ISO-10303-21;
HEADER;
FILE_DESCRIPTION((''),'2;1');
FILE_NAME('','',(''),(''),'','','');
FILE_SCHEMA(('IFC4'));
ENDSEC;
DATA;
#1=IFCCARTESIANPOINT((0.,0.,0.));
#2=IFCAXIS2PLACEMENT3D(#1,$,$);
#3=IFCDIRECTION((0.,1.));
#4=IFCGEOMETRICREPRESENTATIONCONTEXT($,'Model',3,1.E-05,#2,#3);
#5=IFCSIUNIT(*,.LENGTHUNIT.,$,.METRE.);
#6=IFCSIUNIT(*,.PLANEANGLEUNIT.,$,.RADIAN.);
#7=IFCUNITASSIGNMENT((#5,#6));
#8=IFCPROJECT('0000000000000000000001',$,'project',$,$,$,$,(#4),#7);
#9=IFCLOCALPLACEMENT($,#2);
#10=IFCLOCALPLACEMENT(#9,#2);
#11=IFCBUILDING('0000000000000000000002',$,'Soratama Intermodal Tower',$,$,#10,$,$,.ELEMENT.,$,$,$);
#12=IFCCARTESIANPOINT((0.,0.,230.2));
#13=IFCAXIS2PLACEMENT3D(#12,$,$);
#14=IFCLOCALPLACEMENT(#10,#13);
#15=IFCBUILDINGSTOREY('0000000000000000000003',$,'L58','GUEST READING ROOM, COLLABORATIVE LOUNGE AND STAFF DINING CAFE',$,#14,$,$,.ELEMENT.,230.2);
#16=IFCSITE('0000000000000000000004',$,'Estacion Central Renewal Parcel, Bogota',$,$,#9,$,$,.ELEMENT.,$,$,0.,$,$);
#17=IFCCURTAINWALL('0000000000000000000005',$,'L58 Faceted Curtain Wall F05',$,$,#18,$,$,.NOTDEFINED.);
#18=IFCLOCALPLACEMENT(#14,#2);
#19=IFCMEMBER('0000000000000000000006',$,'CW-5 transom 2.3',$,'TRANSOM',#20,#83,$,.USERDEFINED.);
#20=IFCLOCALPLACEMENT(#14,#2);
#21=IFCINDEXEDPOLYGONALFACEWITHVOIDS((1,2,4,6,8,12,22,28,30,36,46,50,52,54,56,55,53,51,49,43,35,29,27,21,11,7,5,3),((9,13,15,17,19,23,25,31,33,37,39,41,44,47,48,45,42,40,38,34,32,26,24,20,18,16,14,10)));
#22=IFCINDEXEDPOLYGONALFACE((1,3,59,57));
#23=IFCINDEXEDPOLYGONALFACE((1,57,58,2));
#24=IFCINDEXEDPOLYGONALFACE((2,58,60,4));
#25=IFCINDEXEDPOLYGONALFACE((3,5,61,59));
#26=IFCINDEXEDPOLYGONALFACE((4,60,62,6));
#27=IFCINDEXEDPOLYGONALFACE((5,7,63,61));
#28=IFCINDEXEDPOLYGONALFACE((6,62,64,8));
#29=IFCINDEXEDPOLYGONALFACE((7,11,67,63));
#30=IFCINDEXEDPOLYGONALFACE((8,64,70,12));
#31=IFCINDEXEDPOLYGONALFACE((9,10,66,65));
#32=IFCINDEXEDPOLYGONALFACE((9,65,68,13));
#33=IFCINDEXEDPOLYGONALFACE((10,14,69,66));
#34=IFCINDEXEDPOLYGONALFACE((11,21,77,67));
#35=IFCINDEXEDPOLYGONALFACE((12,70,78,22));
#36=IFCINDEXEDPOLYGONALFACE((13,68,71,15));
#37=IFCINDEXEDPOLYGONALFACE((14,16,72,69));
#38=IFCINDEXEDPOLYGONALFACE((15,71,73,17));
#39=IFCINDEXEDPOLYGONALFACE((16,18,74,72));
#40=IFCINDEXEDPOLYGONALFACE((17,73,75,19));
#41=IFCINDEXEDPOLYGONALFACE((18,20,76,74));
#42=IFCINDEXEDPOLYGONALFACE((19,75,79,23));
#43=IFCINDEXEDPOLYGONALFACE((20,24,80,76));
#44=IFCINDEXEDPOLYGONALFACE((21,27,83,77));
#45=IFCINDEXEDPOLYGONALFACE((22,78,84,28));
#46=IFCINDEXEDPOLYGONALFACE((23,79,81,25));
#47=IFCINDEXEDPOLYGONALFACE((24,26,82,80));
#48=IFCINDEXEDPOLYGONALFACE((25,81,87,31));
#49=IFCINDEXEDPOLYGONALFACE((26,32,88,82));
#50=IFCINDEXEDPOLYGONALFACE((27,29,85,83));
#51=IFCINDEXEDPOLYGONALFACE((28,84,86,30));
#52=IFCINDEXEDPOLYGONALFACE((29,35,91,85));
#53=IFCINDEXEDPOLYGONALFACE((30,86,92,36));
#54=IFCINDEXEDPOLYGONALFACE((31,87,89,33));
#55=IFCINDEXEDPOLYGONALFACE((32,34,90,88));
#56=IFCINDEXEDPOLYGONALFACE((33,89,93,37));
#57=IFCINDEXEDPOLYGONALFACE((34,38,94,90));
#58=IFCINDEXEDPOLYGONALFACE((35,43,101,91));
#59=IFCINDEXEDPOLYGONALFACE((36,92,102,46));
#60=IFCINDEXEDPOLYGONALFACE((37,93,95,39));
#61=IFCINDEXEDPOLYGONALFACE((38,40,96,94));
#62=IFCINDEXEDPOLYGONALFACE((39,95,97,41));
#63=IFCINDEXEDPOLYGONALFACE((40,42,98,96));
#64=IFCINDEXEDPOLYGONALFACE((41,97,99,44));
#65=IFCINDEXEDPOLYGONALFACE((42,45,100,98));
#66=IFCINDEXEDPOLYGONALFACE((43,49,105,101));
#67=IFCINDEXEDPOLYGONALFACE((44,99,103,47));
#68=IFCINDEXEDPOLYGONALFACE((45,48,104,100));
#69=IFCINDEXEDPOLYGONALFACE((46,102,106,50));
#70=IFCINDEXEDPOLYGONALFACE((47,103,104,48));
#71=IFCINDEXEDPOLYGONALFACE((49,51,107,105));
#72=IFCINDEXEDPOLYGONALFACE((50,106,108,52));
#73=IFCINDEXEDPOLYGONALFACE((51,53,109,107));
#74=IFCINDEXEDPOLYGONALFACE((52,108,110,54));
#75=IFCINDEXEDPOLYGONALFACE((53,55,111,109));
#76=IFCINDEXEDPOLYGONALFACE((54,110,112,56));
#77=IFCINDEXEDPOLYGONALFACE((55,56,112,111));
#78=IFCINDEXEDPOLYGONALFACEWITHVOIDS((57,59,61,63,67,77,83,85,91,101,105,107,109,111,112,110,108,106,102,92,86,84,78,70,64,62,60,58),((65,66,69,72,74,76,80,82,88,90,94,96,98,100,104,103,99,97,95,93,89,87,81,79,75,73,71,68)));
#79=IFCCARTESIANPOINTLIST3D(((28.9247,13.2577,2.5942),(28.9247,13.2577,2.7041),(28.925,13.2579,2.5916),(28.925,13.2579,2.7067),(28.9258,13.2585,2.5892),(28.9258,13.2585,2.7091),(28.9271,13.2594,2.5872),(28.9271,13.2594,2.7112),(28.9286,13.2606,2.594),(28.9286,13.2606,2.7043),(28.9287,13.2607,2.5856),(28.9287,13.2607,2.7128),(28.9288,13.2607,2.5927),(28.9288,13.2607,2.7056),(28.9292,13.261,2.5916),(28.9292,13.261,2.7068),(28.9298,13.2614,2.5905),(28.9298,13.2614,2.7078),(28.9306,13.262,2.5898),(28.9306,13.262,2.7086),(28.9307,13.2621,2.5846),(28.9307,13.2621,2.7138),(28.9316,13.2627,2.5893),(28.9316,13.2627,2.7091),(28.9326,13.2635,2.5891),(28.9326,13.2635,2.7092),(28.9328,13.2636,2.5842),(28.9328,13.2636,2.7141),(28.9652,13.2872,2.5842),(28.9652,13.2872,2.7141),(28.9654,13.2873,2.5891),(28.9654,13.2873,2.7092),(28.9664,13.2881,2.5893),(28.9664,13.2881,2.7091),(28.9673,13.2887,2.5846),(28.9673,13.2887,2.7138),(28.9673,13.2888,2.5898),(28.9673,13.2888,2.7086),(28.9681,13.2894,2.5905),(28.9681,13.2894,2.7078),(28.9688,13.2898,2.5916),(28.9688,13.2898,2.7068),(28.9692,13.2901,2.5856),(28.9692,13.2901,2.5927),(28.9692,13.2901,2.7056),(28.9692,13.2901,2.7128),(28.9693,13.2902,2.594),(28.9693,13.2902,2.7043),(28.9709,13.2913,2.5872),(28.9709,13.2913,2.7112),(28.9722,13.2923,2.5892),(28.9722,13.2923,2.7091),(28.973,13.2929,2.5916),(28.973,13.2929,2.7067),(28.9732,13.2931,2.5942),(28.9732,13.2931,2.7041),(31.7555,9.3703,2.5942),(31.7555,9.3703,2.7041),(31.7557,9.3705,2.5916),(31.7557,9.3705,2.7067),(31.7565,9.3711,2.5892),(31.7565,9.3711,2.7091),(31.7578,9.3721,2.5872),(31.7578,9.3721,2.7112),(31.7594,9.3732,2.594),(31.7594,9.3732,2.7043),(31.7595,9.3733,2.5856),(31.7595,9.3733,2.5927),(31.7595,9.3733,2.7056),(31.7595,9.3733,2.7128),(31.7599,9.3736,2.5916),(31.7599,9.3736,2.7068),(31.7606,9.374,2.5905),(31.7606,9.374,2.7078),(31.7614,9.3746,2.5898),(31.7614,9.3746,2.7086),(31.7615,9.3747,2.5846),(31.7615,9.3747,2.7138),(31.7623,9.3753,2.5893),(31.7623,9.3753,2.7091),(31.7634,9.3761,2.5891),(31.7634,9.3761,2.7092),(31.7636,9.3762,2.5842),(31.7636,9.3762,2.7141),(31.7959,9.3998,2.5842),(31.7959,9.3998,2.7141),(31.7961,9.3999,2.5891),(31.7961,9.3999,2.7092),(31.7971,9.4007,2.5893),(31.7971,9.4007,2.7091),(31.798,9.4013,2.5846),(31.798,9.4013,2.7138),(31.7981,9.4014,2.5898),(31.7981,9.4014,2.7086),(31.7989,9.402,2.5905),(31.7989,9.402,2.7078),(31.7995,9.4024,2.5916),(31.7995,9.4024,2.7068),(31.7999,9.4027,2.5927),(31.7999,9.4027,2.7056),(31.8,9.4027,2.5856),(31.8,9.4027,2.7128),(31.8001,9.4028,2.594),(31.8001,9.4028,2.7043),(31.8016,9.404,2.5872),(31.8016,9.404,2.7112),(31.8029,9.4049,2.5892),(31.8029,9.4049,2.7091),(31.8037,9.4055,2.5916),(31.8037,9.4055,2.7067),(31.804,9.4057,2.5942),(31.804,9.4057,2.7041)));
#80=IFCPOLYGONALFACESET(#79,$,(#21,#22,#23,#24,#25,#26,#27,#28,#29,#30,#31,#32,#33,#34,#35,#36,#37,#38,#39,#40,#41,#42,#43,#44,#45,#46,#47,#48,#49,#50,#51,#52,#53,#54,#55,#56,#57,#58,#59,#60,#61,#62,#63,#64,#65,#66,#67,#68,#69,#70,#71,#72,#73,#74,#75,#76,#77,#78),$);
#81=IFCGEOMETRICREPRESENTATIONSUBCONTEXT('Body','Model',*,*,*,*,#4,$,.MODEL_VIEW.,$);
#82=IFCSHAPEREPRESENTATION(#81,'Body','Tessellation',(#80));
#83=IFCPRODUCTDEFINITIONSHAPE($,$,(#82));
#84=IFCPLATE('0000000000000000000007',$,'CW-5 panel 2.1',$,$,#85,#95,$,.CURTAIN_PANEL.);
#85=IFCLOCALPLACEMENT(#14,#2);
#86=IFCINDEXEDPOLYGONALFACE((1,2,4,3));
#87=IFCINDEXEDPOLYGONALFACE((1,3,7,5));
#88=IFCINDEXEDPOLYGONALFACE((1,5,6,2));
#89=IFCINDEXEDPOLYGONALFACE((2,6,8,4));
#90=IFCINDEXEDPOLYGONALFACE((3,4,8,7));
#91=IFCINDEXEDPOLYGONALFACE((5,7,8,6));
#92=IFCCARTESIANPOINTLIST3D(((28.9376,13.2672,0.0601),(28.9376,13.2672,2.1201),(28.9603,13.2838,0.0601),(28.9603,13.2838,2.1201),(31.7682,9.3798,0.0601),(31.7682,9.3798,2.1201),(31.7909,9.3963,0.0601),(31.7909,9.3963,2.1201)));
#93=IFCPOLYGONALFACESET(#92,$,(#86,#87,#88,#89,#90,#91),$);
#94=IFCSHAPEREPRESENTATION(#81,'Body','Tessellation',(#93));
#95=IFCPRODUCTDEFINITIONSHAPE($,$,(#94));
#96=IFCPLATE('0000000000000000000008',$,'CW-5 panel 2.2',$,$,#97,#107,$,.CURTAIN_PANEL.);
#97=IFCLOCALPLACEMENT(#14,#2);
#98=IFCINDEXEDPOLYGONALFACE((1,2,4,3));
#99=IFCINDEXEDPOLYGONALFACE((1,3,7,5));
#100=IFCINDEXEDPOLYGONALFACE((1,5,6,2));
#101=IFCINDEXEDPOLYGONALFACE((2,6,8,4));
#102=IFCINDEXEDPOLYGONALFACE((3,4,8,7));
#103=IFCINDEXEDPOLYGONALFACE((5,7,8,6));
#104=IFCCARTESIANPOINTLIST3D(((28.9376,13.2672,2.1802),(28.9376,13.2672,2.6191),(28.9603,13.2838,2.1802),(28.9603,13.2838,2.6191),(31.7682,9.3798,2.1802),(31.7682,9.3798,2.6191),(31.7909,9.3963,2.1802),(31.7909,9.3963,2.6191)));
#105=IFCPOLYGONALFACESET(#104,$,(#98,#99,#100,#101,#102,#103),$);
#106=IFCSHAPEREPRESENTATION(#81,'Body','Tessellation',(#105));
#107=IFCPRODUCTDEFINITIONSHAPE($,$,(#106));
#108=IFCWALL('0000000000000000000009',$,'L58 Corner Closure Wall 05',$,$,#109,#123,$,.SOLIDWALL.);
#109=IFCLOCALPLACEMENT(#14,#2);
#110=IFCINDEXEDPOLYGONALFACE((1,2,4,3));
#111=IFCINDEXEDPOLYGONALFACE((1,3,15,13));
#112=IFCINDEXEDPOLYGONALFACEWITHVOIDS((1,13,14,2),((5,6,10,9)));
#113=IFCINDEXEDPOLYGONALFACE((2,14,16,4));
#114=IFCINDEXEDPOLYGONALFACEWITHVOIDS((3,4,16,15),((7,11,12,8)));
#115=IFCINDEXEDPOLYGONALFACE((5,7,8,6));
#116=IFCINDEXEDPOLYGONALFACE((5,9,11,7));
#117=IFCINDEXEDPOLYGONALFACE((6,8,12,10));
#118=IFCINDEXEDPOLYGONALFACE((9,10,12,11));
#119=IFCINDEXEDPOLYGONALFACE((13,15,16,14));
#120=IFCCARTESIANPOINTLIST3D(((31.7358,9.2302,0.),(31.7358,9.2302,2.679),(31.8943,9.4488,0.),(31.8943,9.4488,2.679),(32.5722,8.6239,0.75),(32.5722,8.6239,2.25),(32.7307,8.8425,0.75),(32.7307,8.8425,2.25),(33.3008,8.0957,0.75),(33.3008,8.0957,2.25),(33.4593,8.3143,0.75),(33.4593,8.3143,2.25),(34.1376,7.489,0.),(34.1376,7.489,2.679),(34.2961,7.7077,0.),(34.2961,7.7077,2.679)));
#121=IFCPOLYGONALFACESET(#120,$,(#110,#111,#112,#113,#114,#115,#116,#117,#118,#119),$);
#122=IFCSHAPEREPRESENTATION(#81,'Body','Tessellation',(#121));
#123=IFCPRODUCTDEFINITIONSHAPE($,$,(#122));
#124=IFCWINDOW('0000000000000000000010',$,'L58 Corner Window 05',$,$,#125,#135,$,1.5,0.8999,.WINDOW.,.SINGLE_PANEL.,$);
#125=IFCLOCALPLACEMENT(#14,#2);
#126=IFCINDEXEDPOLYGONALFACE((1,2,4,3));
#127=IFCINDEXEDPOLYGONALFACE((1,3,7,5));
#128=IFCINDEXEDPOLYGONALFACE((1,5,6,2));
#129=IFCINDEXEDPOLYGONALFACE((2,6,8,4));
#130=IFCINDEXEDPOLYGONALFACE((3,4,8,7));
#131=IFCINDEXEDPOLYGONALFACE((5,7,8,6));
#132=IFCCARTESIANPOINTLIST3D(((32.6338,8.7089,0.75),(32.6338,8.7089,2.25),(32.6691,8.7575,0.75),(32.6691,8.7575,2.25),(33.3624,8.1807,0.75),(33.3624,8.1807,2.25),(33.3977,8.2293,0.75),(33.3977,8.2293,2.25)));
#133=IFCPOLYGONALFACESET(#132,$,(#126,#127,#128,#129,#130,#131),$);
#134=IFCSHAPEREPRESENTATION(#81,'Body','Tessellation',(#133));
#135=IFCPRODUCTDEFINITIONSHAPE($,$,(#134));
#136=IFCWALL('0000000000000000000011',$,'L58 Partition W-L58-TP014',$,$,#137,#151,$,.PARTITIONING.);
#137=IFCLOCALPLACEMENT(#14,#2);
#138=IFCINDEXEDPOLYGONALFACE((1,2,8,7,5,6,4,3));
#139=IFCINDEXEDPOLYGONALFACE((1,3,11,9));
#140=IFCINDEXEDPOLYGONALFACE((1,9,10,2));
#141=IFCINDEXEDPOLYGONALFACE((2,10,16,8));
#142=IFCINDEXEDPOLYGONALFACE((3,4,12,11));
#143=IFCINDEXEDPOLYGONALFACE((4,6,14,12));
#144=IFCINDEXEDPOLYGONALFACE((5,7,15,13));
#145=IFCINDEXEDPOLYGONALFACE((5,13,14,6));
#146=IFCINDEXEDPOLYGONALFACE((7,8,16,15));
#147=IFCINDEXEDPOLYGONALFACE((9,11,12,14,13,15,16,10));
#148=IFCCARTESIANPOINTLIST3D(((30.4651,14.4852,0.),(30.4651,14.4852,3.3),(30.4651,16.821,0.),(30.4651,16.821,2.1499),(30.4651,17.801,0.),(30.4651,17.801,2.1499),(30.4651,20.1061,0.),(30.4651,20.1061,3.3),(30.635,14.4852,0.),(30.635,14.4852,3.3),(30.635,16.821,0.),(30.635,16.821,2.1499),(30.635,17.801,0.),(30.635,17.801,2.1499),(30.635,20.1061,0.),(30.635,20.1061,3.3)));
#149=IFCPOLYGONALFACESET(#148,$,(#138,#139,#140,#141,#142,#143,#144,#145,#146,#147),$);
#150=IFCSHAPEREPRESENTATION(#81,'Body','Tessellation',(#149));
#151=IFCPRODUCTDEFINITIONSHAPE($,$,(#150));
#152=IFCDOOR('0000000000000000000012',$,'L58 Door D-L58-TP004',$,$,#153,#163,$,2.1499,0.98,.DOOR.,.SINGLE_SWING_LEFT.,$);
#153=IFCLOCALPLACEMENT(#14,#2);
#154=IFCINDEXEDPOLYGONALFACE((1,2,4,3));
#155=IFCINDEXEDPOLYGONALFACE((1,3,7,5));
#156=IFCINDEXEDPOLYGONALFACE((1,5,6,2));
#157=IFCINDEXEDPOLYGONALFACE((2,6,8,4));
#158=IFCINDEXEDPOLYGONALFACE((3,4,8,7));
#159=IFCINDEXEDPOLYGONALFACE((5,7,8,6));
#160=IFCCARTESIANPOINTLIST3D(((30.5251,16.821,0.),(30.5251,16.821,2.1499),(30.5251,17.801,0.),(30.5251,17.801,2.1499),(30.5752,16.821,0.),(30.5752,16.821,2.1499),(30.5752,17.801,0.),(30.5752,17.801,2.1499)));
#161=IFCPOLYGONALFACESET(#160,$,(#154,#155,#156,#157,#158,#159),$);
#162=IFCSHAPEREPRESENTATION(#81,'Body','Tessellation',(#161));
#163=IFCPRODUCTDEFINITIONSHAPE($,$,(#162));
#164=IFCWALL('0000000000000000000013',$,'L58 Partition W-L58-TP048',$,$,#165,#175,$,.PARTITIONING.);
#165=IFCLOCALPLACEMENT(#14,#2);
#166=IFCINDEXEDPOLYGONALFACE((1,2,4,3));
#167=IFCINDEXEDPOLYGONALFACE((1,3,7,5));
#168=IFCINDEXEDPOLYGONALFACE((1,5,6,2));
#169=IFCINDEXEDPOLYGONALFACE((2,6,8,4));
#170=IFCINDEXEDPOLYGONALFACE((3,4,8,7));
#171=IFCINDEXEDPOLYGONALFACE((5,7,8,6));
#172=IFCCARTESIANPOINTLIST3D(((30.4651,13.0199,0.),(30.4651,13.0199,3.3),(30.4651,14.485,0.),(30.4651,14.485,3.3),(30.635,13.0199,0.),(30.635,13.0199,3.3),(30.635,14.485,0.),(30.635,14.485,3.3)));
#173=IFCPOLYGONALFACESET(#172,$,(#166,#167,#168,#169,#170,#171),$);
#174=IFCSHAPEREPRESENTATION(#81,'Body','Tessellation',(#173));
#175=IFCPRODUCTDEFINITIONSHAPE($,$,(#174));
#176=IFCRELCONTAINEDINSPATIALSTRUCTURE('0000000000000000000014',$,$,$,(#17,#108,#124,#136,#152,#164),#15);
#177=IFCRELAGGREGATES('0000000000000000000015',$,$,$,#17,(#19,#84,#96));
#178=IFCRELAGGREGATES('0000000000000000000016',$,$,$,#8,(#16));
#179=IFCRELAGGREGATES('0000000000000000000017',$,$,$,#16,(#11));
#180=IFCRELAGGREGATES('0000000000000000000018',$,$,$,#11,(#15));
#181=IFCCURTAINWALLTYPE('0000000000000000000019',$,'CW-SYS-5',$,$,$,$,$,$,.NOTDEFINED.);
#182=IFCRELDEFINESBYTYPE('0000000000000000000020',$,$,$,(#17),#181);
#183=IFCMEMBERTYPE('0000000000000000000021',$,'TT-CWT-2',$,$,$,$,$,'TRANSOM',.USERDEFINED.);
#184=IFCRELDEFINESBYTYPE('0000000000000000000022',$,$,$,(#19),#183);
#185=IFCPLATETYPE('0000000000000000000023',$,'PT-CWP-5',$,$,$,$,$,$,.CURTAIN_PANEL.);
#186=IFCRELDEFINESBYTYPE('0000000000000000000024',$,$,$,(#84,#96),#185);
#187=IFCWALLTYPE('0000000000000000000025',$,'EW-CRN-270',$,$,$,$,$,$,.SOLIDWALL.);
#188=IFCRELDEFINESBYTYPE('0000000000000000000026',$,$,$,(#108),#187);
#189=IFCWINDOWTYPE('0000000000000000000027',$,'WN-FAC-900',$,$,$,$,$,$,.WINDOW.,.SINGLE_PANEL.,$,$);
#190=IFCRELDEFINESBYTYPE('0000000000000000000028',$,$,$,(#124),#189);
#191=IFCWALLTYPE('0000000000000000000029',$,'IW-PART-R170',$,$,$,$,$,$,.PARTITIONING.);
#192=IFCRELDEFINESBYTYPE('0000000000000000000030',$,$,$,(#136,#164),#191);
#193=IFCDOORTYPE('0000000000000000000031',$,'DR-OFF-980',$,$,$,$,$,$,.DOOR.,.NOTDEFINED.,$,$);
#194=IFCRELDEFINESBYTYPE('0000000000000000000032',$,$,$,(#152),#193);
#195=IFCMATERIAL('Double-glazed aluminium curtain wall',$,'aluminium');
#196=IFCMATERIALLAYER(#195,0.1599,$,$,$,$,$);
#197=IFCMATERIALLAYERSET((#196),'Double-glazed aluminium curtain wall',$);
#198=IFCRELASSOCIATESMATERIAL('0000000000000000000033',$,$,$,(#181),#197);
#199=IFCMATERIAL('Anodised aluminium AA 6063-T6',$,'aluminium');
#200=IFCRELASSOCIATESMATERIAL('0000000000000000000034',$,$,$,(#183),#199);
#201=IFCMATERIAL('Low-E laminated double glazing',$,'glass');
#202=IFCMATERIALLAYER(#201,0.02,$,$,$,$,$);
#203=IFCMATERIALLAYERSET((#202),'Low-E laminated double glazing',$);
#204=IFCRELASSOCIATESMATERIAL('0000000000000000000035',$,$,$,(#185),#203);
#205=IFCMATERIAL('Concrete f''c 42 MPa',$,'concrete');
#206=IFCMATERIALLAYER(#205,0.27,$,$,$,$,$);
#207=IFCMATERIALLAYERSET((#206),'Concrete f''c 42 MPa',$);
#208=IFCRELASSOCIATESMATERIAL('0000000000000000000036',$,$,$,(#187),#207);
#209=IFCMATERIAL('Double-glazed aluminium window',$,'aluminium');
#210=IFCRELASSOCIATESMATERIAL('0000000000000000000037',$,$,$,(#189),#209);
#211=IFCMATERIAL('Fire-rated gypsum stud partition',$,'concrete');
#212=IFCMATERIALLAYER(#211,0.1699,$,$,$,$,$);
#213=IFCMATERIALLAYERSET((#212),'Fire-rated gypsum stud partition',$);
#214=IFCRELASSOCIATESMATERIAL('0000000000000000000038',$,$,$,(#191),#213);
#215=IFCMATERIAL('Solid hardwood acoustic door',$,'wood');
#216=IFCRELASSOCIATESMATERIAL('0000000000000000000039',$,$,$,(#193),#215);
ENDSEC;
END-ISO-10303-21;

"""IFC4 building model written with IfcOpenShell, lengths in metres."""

from ifc_helpers import new_model, si_unit, direction, frame, frame_2d, origin, origin_2d, place, context, subcontext, project, spatial, rectangle, hollow_rectangle, extrude, material, layer, layer_set, material_profile, profile_set, type_object, element, fill, aggregate, save


model = new_model("IFC4")

# Units and contexts
model_context = context("Model", 3, precision=1e-05, world=origin(), true_north=direction((0.0, 1.0)))
body_context = subcontext(model_context, "Body", "Model", "MODEL_VIEW")
ifc_project = project(units=[si_unit("LENGTHUNIT", "METRE"), si_unit("PLANEANGLEUNIT", "RADIAN")], contexts=[model_context])

# Site, building, storey
site_placement = place(None, origin())
site = spatial("IfcSite", under=ifc_project, at=site_placement, Name="Estacion Central Renewal Parcel, Bogota", CompositionType="ELEMENT", RefElevation=0.0)
building_placement = place(site_placement, origin())
building = spatial("IfcBuilding", under=site, at=building_placement, Name="Soratama Intermodal Tower", CompositionType="ELEMENT")
storey_placement = place(building_placement, frame((0.0, 0.0, 230.2)))
storey = spatial("IfcBuildingStorey", under=building, at=storey_placement, Name="L58", Description="GUEST READING ROOM, COLLABORATIVE LOUNGE AND STAFF DINING CAFE", CompositionType="ELEMENT", Elevation=230.2)

# Curtain wall, member, plates
ifc_material_1 = material(Name="Double-glazed aluminium curtain wall", Category="aluminium")
ifc_layer_1 = layer(ifc_material_1, 0.1599)
ifc_layer_set_1 = layer_set([ifc_layer_1], Name="Double-glazed aluminium curtain wall")
curtain_wall_type = type_object("IfcCurtainWallType", Name="CW-SYS-5", PredefinedType="NOTDEFINED", material=ifc_layer_set_1)
curtain_wall_placement = place(storey_placement, origin())
curtain_wall = element("IfcCurtainWall", 1, at=curtain_wall_placement, inside=storey, type_object=curtain_wall_type, Name="L58 Faceted Curtain Wall F05", PredefinedType="NOTDEFINED")
ifc_material_2 = material(Name="Anodised aluminium AA 6063-T6", Category="aluminium")
ifc_material_profile_1 = material_profile(ifc_material_2, hollow_rectangle(XDim=0.0601, YDim=0.1299, WallThickness=0.0049, InnerFilletRadius=0.0049, OuterFilletRadius=0.01, at=origin_2d()), Name="CWT130X60X5")
ifc_profile_set_1 = profile_set([ifc_material_profile_1], Name="Anodised aluminium AA 6063-T6")
member_type_1 = type_object("IfcMemberType", Name="TT-CWT-2", ElementType="TRANSOM", PredefinedType="USERDEFINED", material=ifc_profile_set_1)
member_1_placement = place(storey_placement, frame((28.949, 13.2754, 2.6492), z_axis=(0.588658, -0.808382, 0.0), x_axis=(0.808382, 0.588658, 0.0)))
member_1 = element("IfcMember", 2, at=member_1_placement, type_object=member_type_1, Name="CW-5 transom 2.3", ObjectType="TRANSOM", PredefinedType="USERDEFINED", context=body_context, shape_type="SweptSolid", body=[
    extrude(hollow_rectangle(XDim=0.0601, YDim=0.1299, WallThickness=0.0049, InnerFilletRadius=0.0049, OuterFilletRadius=0.01, at=origin_2d()), origin(), (0.0, 0.0, 1.0), 4.8088),
])
ifc_material_3 = material(Name="Low-E laminated double glazing", Category="glass")
ifc_layer_2 = layer(ifc_material_3, 0.02)
ifc_layer_set_2 = layer_set([ifc_layer_2], Name="Low-E laminated double glazing")
plate_type = type_object("IfcPlateType", Name="PT-CWP-5", PredefinedType="CURTAIN_PANEL", material=ifc_layer_set_2)
plate_1_placement = place(storey_placement, frame((30.3643, 11.3318, 0.0601), z_axis=(0.0, 0.0, 1.0), x_axis=(0.588639, -0.808396, 0.0)))
plate_1 = element("IfcPlate", 3, at=plate_1_placement, type_object=plate_type, Name="CW-5 panel 2.1", PredefinedType="CURTAIN_PANEL", context=body_context, shape_type="SweptSolid", body=[
    extrude(rectangle(XDim=4.8088, YDim=0.0281, at=origin_2d()), origin(), (0.0, 0.0, 1.0), 2.0601),
])
plate_2_placement = place(storey_placement, frame((30.3643, 11.3318, 2.1802), z_axis=(0.0, 0.0, 1.0), x_axis=(0.588639, -0.808396, 0.0)))
plate_2 = element("IfcPlate", 4, at=plate_2_placement, type_object=plate_type, Name="CW-5 panel 2.2", PredefinedType="CURTAIN_PANEL", context=body_context, shape_type="SweptSolid", body=[
    extrude(rectangle(XDim=4.8088, YDim=0.0281, at=origin_2d()), origin(), (0.0, 0.0, 1.0), 0.439),
])
aggregate(curtain_wall, [member_1, plate_1, plate_2])

# Wall, opening, window
ifc_material_4 = material(Name="Concrete f'c 42 MPa", Category="concrete")
ifc_layer_3 = layer(ifc_material_4, 0.27)
ifc_layer_set_3 = layer_set([ifc_layer_3], Name="Concrete f'c 42 MPa")
wall_type_1 = type_object("IfcWallType", Name="EW-CRN-270", PredefinedType="SOLIDWALL", material=ifc_layer_set_3)
wall_1_placement = place(storey_placement, frame((31.8149, 9.3396, 0.0), z_axis=(0.0, 0.0, 1.0), x_axis=(0.809632, -0.586938, 0.0)))
wall_1 = element("IfcWall", 5, at=wall_1_placement, inside=storey, type_object=wall_type_1, Name="L58 Corner Closure Wall 05", PredefinedType="SOLIDWALL", context=body_context, shape_type="SweptSolid", body=[
    extrude(rectangle(XDim=2.9666, YDim=0.27, at=frame_2d((1.4834, 0.0))), origin(), (0.0, 0.0, 1.0), 2.679),
])
opening_1_placement = place(wall_1_placement, frame((1.0332, 0.0, 0.75)))
opening_1 = element("IfcOpeningElement", 6, at=opening_1_placement, cuts=wall_1, PredefinedType="OPENING", context=body_context, shape_type="SweptSolid", body=[
    extrude(rectangle(XDim=0.8999, YDim=1.5, at=frame_2d((0.45, 0.75))), frame((0.0, 0.145, 0.0), z_axis=(0.0, -1.0, 0.0), x_axis=(1.0, 0.0, 0.0)), (0.0, 0.0, 1.0), 0.29),
])
ifc_material_5 = material(Name="Double-glazed aluminium window", Category="aluminium")
window_type = type_object("IfcWindowType", Name="WN-FAC-900", PartitioningType="SINGLE_PANEL", PredefinedType="WINDOW", material=ifc_material_5)
window_placement = place(opening_1_placement, origin())
window = element("IfcWindow", 7, at=window_placement, inside=storey, type_object=window_type, Name="L58 Corner Window 05", OverallHeight=1.5, OverallWidth=0.8999, PartitioningType="SINGLE_PANEL", PredefinedType="WINDOW", context=body_context, shape_type="SweptSolid", body=[
    extrude(rectangle(XDim=0.8999, YDim=1.5, at=frame_2d((0.45, 0.75))), frame((0.0, 0.03, 0.0), z_axis=(0.0, -1.0, 0.0), x_axis=(1.0, 0.0, 0.0)), (0.0, 0.0, 1.0), 0.0601),
])
fill(opening_1, window)

# Wall, opening, door
ifc_material_6 = material(Name="Fire-rated gypsum stud partition", Category="concrete")
ifc_layer_4 = layer(ifc_material_6, 0.1699)
ifc_layer_set_4 = layer_set([ifc_layer_4], Name="Fire-rated gypsum stud partition")
wall_type_2 = type_object("IfcWallType", Name="IW-PART-R170", PredefinedType="PARTITIONING", material=ifc_layer_set_4)
wall_2_placement = place(storey_placement, frame((30.55, 14.4851, 0.0), z_axis=(0.0, 0.0, 1.0), x_axis=(0.0, 1.0, 0.0)))
wall_2 = element("IfcWall", 8, at=wall_2_placement, inside=storey, type_object=wall_type_2, Name="L58 Partition W-L58-TP014", PredefinedType="PARTITIONING", context=body_context, shape_type="SweptSolid", body=[
    extrude(rectangle(XDim=5.6208, YDim=0.1699, at=frame_2d((2.8105, 0.0))), origin(), (0.0, 0.0, 1.0), 3.3),
])
opening_2_placement = place(wall_2_placement, frame((2.3359, 0.0, 0.0)))
opening_2 = element("IfcOpeningElement", 9, at=opening_2_placement, cuts=wall_2, PredefinedType="OPENING", context=body_context, shape_type="SweptSolid", body=[
    extrude(rectangle(XDim=0.98, YDim=2.1499, at=frame_2d((0.49, 1.075))), frame((0.0, 0.095, 0.0), z_axis=(0.0, -1.0, 0.0), x_axis=(1.0, 0.0, 0.0)), (0.0, 0.0, 1.0), 0.1899),
])
ifc_material_7 = material(Name="Solid hardwood acoustic door", Category="wood")
door_type = type_object("IfcDoorType", Name="DR-OFF-980", OperationType="NOTDEFINED", PredefinedType="DOOR", material=ifc_material_7)
door_1_placement = place(opening_2_placement, origin())
door_1 = element("IfcDoor", 10, at=door_1_placement, inside=storey, type_object=door_type, Name="L58 Door D-L58-TP004", OperationType="SINGLE_SWING_LEFT", OverallHeight=2.1499, OverallWidth=0.98, PredefinedType="DOOR", context=body_context, shape_type="SweptSolid", body=[
    extrude(rectangle(XDim=0.98, YDim=2.1499, at=frame_2d((0.49, 1.075))), frame((0.0, 0.0249, 0.0), z_axis=(0.0, -1.0, 0.0), x_axis=(1.0, 0.0, 0.0)), (0.0, 0.0, 1.0), 0.05),
])
fill(opening_2, door_1)

# Wall
wall_3_placement = place(storey_placement, frame((30.55, 13.02, 0.0), z_axis=(0.0, 0.0, 1.0), x_axis=(0.0, 1.0, 0.0)))
element("IfcWall", 11, at=wall_3_placement, inside=storey, type_object=wall_type_2, Name="L58 Partition W-L58-TP048", PredefinedType="PARTITIONING", context=body_context, shape_type="SweptSolid", body=[
    extrude(rectangle(XDim=1.4651, YDim=0.1699, at=frame_2d((0.7324, 0.0))), origin(), (0.0, 0.0, 1.0), 3.3),
])

save(model, "model.ifc")
